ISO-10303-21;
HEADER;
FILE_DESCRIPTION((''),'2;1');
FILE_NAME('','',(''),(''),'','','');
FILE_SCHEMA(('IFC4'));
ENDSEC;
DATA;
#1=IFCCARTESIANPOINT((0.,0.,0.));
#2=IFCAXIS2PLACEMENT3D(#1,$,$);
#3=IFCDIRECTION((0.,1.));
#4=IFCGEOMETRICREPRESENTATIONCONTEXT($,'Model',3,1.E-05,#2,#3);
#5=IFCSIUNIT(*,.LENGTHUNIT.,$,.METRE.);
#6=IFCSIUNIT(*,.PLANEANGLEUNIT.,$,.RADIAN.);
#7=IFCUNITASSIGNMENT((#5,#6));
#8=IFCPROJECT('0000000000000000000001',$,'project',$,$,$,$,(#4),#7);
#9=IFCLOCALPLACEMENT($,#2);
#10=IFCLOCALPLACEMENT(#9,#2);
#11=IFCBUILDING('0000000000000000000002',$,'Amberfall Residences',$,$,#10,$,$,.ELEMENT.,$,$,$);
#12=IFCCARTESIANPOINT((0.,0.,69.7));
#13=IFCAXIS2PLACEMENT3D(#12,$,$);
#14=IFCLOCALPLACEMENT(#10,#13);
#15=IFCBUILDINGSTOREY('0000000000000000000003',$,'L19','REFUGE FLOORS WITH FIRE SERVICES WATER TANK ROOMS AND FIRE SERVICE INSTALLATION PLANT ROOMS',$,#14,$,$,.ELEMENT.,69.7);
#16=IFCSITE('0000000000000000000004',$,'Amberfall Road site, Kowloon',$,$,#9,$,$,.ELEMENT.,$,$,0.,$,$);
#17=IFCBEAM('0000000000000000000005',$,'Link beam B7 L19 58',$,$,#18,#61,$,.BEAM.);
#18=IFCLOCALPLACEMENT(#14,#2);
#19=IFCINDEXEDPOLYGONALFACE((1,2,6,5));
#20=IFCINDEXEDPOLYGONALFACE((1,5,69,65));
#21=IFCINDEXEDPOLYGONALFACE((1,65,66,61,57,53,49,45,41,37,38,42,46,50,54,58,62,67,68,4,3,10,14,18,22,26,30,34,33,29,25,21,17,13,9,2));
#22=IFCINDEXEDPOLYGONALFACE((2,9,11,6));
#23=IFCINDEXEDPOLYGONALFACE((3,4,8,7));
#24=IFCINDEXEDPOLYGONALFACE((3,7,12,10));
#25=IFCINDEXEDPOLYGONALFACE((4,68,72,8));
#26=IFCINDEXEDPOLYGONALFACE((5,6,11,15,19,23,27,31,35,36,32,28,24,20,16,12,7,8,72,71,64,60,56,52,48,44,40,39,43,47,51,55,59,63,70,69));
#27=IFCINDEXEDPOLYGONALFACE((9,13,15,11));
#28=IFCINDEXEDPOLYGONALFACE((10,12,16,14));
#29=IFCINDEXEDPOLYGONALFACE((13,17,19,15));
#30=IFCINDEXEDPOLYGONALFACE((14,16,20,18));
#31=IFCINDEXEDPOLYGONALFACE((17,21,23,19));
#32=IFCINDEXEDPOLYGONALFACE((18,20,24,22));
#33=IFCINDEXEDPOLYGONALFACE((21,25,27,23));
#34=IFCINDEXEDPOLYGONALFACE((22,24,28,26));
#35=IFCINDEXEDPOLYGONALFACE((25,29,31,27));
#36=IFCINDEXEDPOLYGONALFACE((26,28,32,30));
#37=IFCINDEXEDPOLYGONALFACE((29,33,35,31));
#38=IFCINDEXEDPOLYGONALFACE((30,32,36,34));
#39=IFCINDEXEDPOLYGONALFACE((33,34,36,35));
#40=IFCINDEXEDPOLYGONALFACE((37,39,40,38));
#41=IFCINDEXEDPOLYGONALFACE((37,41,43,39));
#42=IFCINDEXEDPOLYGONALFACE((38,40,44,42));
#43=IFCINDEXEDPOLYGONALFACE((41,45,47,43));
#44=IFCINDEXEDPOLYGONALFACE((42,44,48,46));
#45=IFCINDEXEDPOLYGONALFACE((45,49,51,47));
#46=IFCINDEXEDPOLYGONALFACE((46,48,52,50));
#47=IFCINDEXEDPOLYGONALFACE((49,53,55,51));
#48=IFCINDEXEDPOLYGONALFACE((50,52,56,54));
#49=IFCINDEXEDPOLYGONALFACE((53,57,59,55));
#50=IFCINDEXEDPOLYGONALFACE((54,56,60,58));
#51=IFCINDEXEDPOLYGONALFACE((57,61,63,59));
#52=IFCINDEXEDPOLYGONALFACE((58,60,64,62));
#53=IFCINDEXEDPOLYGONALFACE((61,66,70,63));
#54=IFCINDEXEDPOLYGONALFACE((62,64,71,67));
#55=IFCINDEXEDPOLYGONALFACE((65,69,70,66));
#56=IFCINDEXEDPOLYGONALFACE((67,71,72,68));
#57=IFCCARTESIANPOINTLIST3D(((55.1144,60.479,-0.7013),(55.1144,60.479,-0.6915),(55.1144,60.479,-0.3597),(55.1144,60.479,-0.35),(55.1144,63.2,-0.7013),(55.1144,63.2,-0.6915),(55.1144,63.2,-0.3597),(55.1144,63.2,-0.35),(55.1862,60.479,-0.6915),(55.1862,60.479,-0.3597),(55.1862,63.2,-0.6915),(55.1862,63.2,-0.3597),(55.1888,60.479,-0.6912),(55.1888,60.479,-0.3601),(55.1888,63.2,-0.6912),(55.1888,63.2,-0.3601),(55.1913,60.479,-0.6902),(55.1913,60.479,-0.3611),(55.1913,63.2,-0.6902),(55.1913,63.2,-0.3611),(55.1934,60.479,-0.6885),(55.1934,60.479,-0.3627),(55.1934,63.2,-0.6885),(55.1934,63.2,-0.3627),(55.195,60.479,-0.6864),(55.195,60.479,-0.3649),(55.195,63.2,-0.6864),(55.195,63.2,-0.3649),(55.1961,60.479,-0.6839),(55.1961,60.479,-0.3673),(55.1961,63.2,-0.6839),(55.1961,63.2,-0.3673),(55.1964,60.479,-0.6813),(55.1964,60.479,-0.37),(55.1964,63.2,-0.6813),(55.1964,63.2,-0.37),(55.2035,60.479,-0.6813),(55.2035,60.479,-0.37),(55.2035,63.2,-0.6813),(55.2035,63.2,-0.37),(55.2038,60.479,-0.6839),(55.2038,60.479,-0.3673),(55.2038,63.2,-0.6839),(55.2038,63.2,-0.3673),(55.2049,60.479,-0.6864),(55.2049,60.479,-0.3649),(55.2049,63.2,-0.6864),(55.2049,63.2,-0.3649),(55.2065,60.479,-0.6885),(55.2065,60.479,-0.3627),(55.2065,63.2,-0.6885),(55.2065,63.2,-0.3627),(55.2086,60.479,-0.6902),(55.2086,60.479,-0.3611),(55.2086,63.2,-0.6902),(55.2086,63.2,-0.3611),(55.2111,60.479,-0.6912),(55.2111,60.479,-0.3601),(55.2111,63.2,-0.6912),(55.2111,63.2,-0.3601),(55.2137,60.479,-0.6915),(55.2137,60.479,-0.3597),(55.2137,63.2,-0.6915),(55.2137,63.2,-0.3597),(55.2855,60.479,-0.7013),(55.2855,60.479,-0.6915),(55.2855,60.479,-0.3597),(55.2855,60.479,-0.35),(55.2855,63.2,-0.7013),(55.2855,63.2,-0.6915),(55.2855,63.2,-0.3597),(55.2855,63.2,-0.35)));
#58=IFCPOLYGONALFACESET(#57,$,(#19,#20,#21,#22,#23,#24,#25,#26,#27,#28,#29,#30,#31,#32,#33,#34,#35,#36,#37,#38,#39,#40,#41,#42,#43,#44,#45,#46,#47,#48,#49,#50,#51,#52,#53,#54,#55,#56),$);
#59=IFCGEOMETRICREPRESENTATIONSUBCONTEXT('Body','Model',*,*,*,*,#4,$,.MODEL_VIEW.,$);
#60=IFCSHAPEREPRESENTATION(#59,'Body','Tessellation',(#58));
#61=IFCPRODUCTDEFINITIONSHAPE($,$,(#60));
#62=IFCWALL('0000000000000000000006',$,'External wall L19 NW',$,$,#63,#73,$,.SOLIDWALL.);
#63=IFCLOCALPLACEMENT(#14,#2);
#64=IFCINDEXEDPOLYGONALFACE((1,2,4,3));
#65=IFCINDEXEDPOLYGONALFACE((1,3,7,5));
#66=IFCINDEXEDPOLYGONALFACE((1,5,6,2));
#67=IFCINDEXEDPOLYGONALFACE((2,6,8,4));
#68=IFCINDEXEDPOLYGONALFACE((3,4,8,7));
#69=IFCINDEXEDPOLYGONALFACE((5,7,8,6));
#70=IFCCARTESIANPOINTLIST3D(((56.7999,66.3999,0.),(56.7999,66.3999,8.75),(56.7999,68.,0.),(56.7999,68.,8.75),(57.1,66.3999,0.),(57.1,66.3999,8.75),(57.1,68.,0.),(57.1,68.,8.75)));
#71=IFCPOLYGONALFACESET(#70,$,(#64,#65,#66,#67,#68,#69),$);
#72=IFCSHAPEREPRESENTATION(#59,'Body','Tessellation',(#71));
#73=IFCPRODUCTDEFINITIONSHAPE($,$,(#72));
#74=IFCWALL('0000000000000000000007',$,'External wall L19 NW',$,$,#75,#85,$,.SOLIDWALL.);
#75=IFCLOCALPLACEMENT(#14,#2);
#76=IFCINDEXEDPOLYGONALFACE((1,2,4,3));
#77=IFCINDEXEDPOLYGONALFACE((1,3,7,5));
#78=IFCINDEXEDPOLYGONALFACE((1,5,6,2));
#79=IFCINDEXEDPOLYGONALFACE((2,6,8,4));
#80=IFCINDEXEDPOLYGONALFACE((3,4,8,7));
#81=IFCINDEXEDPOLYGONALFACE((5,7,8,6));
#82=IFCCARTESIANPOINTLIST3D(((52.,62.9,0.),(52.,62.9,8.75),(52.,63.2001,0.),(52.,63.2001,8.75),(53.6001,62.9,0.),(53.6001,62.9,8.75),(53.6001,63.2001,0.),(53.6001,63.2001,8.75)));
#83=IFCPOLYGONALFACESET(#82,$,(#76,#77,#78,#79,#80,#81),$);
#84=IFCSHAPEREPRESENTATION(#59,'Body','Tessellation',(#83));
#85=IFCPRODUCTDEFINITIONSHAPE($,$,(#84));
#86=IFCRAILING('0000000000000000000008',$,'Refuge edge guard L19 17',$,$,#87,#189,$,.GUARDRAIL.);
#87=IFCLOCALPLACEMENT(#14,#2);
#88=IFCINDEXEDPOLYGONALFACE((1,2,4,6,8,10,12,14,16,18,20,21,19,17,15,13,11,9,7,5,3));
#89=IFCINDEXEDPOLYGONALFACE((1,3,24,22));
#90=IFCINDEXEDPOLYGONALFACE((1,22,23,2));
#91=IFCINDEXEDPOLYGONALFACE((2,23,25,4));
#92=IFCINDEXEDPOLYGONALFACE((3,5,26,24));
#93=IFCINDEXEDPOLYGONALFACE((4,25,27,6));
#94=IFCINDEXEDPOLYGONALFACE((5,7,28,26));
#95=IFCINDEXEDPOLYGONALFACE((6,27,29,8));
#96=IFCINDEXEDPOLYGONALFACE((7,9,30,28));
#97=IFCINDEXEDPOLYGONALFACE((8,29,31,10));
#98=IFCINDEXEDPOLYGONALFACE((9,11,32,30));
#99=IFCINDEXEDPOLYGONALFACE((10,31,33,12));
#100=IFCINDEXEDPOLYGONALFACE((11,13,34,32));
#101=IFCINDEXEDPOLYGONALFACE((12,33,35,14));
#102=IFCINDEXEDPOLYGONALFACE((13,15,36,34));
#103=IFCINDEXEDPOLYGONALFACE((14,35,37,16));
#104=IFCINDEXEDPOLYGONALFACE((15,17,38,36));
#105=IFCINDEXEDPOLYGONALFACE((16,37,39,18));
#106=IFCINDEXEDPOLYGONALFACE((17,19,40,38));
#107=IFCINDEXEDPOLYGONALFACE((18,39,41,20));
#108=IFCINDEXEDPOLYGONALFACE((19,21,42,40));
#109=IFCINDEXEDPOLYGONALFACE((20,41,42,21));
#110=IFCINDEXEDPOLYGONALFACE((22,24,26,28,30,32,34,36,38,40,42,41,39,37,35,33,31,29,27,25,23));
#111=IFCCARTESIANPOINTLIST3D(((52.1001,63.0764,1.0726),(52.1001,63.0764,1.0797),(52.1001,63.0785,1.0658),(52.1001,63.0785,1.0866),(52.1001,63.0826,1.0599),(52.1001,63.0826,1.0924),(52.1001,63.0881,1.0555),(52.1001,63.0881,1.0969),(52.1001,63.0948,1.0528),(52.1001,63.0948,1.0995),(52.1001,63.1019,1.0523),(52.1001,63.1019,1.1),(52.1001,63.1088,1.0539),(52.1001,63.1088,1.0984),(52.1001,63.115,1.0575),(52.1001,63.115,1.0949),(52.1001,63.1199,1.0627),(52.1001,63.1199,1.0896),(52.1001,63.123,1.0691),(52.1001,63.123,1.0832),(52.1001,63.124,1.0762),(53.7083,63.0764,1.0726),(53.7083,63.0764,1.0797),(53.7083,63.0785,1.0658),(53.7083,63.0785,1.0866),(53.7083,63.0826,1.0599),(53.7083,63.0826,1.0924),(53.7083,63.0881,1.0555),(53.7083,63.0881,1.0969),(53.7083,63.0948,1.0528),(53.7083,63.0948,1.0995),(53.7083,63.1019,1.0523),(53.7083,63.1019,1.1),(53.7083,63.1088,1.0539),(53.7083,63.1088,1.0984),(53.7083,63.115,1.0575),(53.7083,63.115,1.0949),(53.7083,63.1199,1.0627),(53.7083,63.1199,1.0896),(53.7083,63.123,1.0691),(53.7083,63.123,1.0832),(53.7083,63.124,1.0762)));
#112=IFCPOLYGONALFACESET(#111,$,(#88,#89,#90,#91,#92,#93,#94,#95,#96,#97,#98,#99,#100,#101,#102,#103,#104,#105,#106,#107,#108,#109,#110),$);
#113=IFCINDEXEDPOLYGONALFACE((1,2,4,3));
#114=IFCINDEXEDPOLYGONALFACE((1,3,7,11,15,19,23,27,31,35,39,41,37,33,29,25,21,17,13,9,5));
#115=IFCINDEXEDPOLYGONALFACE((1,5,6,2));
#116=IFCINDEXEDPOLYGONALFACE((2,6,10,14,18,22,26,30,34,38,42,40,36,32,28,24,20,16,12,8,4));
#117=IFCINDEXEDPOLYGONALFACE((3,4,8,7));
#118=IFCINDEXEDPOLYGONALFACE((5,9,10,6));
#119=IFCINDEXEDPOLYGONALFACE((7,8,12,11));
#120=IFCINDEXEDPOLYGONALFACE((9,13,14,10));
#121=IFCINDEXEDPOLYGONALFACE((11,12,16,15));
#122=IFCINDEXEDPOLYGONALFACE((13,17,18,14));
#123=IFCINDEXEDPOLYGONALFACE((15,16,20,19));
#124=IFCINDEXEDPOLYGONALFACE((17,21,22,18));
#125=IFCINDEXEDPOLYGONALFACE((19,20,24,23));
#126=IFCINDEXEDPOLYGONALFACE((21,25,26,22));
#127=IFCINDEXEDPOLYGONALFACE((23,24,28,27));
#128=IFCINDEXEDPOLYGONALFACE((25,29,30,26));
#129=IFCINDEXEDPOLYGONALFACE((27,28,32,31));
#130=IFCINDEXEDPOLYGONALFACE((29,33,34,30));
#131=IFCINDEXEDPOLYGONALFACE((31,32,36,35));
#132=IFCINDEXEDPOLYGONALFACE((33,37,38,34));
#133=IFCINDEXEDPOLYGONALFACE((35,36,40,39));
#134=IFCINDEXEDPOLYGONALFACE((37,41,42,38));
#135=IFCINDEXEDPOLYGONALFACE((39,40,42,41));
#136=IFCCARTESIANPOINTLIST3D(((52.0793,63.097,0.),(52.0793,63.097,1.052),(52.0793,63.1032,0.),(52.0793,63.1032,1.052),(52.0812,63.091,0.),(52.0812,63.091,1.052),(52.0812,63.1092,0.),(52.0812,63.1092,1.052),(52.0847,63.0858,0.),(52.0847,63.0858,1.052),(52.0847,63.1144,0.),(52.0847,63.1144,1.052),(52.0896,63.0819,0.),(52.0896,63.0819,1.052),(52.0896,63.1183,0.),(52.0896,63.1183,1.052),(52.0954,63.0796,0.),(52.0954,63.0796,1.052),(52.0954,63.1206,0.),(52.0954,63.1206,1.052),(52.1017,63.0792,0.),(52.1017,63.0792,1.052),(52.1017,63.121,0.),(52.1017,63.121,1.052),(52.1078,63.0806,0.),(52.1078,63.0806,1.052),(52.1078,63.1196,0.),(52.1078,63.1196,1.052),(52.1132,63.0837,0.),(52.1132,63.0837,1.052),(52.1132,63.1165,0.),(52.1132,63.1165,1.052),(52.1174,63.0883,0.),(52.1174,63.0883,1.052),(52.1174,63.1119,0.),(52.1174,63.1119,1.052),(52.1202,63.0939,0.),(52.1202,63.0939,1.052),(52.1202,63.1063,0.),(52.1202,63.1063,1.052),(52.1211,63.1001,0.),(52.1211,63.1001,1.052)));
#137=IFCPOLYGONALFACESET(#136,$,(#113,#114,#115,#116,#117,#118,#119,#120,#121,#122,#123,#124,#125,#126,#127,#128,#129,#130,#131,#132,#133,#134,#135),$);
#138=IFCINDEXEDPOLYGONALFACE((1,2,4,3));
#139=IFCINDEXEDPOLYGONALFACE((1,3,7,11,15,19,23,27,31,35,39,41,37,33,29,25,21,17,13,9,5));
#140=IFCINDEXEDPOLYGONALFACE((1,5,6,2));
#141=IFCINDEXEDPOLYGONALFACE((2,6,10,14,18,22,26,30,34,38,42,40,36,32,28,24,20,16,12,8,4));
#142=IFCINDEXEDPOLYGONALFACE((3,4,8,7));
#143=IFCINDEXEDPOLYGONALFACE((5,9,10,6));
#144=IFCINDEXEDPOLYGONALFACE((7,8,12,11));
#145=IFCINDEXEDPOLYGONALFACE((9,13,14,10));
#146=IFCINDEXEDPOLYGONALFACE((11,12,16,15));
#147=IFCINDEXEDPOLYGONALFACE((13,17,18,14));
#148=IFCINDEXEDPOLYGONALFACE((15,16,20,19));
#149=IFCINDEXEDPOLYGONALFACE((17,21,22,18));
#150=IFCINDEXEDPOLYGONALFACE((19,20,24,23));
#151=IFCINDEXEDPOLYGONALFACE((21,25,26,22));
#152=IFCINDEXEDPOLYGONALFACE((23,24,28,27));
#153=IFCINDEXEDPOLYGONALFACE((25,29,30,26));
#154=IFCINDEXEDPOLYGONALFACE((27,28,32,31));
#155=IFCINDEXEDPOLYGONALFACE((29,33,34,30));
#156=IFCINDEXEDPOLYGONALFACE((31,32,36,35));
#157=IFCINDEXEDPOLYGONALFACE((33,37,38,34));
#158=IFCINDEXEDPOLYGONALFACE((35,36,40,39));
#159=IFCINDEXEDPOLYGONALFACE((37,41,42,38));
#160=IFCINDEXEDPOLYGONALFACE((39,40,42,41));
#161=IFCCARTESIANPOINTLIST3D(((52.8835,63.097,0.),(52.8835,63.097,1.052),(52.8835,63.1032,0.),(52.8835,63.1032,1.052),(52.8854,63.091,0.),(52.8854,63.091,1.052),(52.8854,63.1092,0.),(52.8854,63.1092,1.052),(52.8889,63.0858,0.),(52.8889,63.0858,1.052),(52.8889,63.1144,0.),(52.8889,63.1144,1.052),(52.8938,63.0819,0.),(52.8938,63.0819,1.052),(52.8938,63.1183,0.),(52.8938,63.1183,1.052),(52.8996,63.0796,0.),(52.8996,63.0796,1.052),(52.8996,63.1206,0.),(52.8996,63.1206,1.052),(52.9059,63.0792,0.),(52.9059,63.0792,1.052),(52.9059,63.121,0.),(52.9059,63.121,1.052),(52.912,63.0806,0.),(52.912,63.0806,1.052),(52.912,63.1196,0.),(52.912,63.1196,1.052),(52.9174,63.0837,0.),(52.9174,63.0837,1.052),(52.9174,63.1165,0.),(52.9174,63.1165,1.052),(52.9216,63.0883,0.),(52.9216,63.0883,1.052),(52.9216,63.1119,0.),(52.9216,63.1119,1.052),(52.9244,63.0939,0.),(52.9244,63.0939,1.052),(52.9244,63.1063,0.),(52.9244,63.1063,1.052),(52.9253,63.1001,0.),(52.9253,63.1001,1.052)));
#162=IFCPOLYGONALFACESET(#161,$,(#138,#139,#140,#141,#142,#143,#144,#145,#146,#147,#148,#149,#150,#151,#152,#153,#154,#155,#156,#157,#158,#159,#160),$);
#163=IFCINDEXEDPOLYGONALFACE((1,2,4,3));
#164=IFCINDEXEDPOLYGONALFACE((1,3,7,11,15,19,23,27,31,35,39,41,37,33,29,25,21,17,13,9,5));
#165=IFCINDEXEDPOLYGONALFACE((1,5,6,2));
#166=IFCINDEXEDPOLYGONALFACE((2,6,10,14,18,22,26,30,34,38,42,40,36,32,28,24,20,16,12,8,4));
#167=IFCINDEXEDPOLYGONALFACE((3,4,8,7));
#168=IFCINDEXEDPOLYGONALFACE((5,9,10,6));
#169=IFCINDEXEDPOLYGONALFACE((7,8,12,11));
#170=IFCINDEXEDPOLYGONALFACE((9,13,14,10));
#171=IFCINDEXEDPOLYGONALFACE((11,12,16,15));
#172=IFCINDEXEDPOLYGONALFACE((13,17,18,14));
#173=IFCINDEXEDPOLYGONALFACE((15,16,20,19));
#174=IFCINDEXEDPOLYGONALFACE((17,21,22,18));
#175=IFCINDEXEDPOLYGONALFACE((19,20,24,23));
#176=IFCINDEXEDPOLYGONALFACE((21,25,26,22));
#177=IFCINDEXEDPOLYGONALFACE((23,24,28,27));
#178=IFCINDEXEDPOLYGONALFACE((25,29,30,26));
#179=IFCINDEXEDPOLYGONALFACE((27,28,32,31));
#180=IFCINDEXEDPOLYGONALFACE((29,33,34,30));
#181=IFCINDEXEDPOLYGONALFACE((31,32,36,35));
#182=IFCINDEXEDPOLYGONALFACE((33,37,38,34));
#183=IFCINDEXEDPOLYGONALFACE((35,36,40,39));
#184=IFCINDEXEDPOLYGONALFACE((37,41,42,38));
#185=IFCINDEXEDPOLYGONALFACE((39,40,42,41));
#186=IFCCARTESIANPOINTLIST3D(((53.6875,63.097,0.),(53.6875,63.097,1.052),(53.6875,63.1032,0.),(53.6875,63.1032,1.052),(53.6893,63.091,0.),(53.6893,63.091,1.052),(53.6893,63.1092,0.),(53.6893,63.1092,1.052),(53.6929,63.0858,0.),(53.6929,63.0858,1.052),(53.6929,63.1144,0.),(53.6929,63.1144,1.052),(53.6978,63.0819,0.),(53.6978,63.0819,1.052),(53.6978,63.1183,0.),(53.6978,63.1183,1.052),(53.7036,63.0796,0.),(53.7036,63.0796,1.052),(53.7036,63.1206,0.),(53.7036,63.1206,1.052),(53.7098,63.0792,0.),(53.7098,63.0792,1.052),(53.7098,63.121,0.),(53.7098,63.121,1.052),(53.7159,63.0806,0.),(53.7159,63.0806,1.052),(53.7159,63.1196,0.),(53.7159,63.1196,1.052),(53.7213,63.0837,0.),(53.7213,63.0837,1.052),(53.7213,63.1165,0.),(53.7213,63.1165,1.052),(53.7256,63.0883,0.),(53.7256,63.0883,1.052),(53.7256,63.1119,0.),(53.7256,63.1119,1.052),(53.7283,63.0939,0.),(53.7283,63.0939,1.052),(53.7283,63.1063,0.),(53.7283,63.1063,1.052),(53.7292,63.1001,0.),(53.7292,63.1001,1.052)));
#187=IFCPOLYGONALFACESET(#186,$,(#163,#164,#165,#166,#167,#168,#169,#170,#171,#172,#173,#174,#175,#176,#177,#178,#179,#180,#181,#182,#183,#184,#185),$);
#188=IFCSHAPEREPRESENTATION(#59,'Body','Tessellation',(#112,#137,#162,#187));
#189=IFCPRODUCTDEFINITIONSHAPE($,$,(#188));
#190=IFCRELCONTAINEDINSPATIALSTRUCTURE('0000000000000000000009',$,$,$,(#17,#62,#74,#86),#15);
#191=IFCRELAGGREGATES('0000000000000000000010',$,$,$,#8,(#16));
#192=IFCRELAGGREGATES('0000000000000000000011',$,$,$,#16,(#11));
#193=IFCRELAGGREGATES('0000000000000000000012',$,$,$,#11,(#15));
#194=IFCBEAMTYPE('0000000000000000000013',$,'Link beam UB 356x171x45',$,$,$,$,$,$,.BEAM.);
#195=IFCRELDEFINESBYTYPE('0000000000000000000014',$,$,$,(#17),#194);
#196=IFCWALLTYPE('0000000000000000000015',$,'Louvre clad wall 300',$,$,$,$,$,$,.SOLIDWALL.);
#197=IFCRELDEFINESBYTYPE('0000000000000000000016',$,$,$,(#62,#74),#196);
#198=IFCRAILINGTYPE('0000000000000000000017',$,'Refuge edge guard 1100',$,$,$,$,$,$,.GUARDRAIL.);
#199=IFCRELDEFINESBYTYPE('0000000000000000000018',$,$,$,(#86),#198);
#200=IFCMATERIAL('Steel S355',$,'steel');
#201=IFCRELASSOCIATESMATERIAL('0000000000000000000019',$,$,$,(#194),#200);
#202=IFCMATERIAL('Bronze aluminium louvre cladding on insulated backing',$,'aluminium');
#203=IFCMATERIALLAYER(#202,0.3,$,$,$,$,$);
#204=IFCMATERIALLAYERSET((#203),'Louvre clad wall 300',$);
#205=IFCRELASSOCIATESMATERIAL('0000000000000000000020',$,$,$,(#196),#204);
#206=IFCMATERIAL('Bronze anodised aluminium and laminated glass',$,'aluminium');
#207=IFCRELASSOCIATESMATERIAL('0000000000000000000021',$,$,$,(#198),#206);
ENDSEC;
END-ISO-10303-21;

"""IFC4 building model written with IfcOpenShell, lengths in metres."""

from ifc_helpers import new_model, si_unit, direction, frame, frame_2d, origin, origin_2d, place, context, subcontext, project, spatial, rectangle, circle, i_section, extrude, material, layer, layer_set, material_profile, profile_set, type_object, element, save


model = new_model("IFC4")

# Units and contexts
model_context = context("Model", 3, precision=1e-05, world=origin(), true_north=direction((0.0, 1.0)))
body_context = subcontext(model_context, "Body", "Model", "MODEL_VIEW")
ifc_project = project(units=[si_unit("LENGTHUNIT", "METRE"), si_unit("PLANEANGLEUNIT", "RADIAN")], contexts=[model_context])

# Site, building, storey
site_placement = place(None, origin())
site = spatial("IfcSite", under=ifc_project, at=site_placement, Name="Amberfall Road site, Kowloon", CompositionType="ELEMENT", RefElevation=0.0)
building_placement = place(site_placement, origin())
building = spatial("IfcBuilding", under=site, at=building_placement, Name="Amberfall Residences", CompositionType="ELEMENT")
storey_placement = place(building_placement, frame((0.0, 0.0, 69.7)))
storey = spatial("IfcBuildingStorey", under=building, at=storey_placement, Name="L19", Description="REFUGE FLOORS WITH FIRE SERVICES WATER TANK ROOMS AND FIRE SERVICE INSTALLATION PLANT ROOMS", CompositionType="ELEMENT", Elevation=69.7)

# Shared definitions
ifc_material_1 = material(Name="Steel S355", Category="steel")

# Beam
ifc_material_profile_1 = material_profile(ifc_material_1, i_section(OverallWidth=0.1711, OverallDepth=0.3513, WebThickness=0.0071, FlangeThickness=0.0098, FilletRadius=0.0103, at=origin_2d()), Name="UB 356x171x45")
ifc_profile_set_1 = profile_set([ifc_material_profile_1], Name="Steel S355")
beam_type_1 = type_object("IfcBeamType", Name="Link beam UB 356x171x45", PredefinedType="BEAM", material=ifc_profile_set_1)
beam_1_placement = place(storey_placement, frame((55.2, 63.2, -0.5256), z_axis=(0.0, -1.0, 0.0), x_axis=(1.0, 0.0, 0.0)))
element("IfcBeam", 1, at=beam_1_placement, inside=storey, type_object=beam_type_1, Name="Link beam B7 L19 58", PredefinedType="BEAM", context=body_context, shape_type="SweptSolid", body=[
    extrude(i_section(OverallWidth=0.1711, OverallDepth=0.3513, WebThickness=0.0071, FlangeThickness=0.0098, FilletRadius=0.0103, at=origin_2d()), origin(), (0.0, 0.0, 1.0), 2.7209),
])

# Walls
ifc_material_2 = material(Name="Bronze aluminium louvre cladding on insulated backing", Category="aluminium")
ifc_layer = layer(ifc_material_2, 0.3)
ifc_layer_set = layer_set([ifc_layer], Name="Louvre clad wall 300")
wall_type = type_object("IfcWallType", Name="Louvre clad wall 300", PredefinedType="SOLIDWALL", material=ifc_layer_set)
for number, where, z_axis, x_axis, name in (
    (2, (56.95, 68.0, 0.0), (0.0, 0.0, 1.0), (0.0, -1.0, 0.0), "External wall L19 NW"),
    (3, (53.6001, 63.05, 0.0), (0.0, 0.0, 1.0), (-1.0, 0.0, 0.0), "External wall L19 NW"),
):
    element("IfcWall", number, at=place(storey_placement, frame(where, z_axis=z_axis, x_axis=x_axis)), inside=storey, type_object=wall_type, Name=name, PredefinedType="SOLIDWALL", context=body_context, shape_type="SweptSolid", body=[
        extrude(rectangle(XDim=1.6001, YDim=0.3, at=frame_2d((0.8, 0.0))), origin(), (0.0, 0.0, 1.0), 8.75),
    ])

# Railing
ifc_material_3 = material(Name="Bronze anodised aluminium and laminated glass", Category="aluminium")
railing_type = type_object("IfcRailingType", Name="Refuge edge guard 1100", PredefinedType="GUARDRAIL", material=ifc_material_3)
railing_1_placement = place(storey_placement, frame((52.1001, 63.1001, 0.0)))
element("IfcRailing", 4, at=railing_1_placement, inside=storey, type_object=railing_type, Name="Refuge edge guard L19 17", PredefinedType="GUARDRAIL", context=body_context, shape_type="SweptSolid", body=[
    extrude(circle(Radius=0.0239, at=origin_2d()), frame((0.0, 0.0, 1.0762), z_axis=(1.0, 0.0, 0.0), x_axis=(0.0, 1.0, 0.0)), (0.0, 0.0, 1.0), 1.6082),
    extrude(circle(Radius=0.021, at=origin_2d()), origin(), (0.0, 0.0, 1.0), 1.052),
    extrude(circle(Radius=0.021, at=origin_2d()), frame((0.8042, 0.0, 0.0)), (0.0, 0.0, 1.0), 1.052),
    extrude(circle(Radius=0.021, at=origin_2d()), frame((1.6082, 0.0, 0.0)), (0.0, 0.0, 1.0), 1.052),
])

save(model, "model.ifc")
